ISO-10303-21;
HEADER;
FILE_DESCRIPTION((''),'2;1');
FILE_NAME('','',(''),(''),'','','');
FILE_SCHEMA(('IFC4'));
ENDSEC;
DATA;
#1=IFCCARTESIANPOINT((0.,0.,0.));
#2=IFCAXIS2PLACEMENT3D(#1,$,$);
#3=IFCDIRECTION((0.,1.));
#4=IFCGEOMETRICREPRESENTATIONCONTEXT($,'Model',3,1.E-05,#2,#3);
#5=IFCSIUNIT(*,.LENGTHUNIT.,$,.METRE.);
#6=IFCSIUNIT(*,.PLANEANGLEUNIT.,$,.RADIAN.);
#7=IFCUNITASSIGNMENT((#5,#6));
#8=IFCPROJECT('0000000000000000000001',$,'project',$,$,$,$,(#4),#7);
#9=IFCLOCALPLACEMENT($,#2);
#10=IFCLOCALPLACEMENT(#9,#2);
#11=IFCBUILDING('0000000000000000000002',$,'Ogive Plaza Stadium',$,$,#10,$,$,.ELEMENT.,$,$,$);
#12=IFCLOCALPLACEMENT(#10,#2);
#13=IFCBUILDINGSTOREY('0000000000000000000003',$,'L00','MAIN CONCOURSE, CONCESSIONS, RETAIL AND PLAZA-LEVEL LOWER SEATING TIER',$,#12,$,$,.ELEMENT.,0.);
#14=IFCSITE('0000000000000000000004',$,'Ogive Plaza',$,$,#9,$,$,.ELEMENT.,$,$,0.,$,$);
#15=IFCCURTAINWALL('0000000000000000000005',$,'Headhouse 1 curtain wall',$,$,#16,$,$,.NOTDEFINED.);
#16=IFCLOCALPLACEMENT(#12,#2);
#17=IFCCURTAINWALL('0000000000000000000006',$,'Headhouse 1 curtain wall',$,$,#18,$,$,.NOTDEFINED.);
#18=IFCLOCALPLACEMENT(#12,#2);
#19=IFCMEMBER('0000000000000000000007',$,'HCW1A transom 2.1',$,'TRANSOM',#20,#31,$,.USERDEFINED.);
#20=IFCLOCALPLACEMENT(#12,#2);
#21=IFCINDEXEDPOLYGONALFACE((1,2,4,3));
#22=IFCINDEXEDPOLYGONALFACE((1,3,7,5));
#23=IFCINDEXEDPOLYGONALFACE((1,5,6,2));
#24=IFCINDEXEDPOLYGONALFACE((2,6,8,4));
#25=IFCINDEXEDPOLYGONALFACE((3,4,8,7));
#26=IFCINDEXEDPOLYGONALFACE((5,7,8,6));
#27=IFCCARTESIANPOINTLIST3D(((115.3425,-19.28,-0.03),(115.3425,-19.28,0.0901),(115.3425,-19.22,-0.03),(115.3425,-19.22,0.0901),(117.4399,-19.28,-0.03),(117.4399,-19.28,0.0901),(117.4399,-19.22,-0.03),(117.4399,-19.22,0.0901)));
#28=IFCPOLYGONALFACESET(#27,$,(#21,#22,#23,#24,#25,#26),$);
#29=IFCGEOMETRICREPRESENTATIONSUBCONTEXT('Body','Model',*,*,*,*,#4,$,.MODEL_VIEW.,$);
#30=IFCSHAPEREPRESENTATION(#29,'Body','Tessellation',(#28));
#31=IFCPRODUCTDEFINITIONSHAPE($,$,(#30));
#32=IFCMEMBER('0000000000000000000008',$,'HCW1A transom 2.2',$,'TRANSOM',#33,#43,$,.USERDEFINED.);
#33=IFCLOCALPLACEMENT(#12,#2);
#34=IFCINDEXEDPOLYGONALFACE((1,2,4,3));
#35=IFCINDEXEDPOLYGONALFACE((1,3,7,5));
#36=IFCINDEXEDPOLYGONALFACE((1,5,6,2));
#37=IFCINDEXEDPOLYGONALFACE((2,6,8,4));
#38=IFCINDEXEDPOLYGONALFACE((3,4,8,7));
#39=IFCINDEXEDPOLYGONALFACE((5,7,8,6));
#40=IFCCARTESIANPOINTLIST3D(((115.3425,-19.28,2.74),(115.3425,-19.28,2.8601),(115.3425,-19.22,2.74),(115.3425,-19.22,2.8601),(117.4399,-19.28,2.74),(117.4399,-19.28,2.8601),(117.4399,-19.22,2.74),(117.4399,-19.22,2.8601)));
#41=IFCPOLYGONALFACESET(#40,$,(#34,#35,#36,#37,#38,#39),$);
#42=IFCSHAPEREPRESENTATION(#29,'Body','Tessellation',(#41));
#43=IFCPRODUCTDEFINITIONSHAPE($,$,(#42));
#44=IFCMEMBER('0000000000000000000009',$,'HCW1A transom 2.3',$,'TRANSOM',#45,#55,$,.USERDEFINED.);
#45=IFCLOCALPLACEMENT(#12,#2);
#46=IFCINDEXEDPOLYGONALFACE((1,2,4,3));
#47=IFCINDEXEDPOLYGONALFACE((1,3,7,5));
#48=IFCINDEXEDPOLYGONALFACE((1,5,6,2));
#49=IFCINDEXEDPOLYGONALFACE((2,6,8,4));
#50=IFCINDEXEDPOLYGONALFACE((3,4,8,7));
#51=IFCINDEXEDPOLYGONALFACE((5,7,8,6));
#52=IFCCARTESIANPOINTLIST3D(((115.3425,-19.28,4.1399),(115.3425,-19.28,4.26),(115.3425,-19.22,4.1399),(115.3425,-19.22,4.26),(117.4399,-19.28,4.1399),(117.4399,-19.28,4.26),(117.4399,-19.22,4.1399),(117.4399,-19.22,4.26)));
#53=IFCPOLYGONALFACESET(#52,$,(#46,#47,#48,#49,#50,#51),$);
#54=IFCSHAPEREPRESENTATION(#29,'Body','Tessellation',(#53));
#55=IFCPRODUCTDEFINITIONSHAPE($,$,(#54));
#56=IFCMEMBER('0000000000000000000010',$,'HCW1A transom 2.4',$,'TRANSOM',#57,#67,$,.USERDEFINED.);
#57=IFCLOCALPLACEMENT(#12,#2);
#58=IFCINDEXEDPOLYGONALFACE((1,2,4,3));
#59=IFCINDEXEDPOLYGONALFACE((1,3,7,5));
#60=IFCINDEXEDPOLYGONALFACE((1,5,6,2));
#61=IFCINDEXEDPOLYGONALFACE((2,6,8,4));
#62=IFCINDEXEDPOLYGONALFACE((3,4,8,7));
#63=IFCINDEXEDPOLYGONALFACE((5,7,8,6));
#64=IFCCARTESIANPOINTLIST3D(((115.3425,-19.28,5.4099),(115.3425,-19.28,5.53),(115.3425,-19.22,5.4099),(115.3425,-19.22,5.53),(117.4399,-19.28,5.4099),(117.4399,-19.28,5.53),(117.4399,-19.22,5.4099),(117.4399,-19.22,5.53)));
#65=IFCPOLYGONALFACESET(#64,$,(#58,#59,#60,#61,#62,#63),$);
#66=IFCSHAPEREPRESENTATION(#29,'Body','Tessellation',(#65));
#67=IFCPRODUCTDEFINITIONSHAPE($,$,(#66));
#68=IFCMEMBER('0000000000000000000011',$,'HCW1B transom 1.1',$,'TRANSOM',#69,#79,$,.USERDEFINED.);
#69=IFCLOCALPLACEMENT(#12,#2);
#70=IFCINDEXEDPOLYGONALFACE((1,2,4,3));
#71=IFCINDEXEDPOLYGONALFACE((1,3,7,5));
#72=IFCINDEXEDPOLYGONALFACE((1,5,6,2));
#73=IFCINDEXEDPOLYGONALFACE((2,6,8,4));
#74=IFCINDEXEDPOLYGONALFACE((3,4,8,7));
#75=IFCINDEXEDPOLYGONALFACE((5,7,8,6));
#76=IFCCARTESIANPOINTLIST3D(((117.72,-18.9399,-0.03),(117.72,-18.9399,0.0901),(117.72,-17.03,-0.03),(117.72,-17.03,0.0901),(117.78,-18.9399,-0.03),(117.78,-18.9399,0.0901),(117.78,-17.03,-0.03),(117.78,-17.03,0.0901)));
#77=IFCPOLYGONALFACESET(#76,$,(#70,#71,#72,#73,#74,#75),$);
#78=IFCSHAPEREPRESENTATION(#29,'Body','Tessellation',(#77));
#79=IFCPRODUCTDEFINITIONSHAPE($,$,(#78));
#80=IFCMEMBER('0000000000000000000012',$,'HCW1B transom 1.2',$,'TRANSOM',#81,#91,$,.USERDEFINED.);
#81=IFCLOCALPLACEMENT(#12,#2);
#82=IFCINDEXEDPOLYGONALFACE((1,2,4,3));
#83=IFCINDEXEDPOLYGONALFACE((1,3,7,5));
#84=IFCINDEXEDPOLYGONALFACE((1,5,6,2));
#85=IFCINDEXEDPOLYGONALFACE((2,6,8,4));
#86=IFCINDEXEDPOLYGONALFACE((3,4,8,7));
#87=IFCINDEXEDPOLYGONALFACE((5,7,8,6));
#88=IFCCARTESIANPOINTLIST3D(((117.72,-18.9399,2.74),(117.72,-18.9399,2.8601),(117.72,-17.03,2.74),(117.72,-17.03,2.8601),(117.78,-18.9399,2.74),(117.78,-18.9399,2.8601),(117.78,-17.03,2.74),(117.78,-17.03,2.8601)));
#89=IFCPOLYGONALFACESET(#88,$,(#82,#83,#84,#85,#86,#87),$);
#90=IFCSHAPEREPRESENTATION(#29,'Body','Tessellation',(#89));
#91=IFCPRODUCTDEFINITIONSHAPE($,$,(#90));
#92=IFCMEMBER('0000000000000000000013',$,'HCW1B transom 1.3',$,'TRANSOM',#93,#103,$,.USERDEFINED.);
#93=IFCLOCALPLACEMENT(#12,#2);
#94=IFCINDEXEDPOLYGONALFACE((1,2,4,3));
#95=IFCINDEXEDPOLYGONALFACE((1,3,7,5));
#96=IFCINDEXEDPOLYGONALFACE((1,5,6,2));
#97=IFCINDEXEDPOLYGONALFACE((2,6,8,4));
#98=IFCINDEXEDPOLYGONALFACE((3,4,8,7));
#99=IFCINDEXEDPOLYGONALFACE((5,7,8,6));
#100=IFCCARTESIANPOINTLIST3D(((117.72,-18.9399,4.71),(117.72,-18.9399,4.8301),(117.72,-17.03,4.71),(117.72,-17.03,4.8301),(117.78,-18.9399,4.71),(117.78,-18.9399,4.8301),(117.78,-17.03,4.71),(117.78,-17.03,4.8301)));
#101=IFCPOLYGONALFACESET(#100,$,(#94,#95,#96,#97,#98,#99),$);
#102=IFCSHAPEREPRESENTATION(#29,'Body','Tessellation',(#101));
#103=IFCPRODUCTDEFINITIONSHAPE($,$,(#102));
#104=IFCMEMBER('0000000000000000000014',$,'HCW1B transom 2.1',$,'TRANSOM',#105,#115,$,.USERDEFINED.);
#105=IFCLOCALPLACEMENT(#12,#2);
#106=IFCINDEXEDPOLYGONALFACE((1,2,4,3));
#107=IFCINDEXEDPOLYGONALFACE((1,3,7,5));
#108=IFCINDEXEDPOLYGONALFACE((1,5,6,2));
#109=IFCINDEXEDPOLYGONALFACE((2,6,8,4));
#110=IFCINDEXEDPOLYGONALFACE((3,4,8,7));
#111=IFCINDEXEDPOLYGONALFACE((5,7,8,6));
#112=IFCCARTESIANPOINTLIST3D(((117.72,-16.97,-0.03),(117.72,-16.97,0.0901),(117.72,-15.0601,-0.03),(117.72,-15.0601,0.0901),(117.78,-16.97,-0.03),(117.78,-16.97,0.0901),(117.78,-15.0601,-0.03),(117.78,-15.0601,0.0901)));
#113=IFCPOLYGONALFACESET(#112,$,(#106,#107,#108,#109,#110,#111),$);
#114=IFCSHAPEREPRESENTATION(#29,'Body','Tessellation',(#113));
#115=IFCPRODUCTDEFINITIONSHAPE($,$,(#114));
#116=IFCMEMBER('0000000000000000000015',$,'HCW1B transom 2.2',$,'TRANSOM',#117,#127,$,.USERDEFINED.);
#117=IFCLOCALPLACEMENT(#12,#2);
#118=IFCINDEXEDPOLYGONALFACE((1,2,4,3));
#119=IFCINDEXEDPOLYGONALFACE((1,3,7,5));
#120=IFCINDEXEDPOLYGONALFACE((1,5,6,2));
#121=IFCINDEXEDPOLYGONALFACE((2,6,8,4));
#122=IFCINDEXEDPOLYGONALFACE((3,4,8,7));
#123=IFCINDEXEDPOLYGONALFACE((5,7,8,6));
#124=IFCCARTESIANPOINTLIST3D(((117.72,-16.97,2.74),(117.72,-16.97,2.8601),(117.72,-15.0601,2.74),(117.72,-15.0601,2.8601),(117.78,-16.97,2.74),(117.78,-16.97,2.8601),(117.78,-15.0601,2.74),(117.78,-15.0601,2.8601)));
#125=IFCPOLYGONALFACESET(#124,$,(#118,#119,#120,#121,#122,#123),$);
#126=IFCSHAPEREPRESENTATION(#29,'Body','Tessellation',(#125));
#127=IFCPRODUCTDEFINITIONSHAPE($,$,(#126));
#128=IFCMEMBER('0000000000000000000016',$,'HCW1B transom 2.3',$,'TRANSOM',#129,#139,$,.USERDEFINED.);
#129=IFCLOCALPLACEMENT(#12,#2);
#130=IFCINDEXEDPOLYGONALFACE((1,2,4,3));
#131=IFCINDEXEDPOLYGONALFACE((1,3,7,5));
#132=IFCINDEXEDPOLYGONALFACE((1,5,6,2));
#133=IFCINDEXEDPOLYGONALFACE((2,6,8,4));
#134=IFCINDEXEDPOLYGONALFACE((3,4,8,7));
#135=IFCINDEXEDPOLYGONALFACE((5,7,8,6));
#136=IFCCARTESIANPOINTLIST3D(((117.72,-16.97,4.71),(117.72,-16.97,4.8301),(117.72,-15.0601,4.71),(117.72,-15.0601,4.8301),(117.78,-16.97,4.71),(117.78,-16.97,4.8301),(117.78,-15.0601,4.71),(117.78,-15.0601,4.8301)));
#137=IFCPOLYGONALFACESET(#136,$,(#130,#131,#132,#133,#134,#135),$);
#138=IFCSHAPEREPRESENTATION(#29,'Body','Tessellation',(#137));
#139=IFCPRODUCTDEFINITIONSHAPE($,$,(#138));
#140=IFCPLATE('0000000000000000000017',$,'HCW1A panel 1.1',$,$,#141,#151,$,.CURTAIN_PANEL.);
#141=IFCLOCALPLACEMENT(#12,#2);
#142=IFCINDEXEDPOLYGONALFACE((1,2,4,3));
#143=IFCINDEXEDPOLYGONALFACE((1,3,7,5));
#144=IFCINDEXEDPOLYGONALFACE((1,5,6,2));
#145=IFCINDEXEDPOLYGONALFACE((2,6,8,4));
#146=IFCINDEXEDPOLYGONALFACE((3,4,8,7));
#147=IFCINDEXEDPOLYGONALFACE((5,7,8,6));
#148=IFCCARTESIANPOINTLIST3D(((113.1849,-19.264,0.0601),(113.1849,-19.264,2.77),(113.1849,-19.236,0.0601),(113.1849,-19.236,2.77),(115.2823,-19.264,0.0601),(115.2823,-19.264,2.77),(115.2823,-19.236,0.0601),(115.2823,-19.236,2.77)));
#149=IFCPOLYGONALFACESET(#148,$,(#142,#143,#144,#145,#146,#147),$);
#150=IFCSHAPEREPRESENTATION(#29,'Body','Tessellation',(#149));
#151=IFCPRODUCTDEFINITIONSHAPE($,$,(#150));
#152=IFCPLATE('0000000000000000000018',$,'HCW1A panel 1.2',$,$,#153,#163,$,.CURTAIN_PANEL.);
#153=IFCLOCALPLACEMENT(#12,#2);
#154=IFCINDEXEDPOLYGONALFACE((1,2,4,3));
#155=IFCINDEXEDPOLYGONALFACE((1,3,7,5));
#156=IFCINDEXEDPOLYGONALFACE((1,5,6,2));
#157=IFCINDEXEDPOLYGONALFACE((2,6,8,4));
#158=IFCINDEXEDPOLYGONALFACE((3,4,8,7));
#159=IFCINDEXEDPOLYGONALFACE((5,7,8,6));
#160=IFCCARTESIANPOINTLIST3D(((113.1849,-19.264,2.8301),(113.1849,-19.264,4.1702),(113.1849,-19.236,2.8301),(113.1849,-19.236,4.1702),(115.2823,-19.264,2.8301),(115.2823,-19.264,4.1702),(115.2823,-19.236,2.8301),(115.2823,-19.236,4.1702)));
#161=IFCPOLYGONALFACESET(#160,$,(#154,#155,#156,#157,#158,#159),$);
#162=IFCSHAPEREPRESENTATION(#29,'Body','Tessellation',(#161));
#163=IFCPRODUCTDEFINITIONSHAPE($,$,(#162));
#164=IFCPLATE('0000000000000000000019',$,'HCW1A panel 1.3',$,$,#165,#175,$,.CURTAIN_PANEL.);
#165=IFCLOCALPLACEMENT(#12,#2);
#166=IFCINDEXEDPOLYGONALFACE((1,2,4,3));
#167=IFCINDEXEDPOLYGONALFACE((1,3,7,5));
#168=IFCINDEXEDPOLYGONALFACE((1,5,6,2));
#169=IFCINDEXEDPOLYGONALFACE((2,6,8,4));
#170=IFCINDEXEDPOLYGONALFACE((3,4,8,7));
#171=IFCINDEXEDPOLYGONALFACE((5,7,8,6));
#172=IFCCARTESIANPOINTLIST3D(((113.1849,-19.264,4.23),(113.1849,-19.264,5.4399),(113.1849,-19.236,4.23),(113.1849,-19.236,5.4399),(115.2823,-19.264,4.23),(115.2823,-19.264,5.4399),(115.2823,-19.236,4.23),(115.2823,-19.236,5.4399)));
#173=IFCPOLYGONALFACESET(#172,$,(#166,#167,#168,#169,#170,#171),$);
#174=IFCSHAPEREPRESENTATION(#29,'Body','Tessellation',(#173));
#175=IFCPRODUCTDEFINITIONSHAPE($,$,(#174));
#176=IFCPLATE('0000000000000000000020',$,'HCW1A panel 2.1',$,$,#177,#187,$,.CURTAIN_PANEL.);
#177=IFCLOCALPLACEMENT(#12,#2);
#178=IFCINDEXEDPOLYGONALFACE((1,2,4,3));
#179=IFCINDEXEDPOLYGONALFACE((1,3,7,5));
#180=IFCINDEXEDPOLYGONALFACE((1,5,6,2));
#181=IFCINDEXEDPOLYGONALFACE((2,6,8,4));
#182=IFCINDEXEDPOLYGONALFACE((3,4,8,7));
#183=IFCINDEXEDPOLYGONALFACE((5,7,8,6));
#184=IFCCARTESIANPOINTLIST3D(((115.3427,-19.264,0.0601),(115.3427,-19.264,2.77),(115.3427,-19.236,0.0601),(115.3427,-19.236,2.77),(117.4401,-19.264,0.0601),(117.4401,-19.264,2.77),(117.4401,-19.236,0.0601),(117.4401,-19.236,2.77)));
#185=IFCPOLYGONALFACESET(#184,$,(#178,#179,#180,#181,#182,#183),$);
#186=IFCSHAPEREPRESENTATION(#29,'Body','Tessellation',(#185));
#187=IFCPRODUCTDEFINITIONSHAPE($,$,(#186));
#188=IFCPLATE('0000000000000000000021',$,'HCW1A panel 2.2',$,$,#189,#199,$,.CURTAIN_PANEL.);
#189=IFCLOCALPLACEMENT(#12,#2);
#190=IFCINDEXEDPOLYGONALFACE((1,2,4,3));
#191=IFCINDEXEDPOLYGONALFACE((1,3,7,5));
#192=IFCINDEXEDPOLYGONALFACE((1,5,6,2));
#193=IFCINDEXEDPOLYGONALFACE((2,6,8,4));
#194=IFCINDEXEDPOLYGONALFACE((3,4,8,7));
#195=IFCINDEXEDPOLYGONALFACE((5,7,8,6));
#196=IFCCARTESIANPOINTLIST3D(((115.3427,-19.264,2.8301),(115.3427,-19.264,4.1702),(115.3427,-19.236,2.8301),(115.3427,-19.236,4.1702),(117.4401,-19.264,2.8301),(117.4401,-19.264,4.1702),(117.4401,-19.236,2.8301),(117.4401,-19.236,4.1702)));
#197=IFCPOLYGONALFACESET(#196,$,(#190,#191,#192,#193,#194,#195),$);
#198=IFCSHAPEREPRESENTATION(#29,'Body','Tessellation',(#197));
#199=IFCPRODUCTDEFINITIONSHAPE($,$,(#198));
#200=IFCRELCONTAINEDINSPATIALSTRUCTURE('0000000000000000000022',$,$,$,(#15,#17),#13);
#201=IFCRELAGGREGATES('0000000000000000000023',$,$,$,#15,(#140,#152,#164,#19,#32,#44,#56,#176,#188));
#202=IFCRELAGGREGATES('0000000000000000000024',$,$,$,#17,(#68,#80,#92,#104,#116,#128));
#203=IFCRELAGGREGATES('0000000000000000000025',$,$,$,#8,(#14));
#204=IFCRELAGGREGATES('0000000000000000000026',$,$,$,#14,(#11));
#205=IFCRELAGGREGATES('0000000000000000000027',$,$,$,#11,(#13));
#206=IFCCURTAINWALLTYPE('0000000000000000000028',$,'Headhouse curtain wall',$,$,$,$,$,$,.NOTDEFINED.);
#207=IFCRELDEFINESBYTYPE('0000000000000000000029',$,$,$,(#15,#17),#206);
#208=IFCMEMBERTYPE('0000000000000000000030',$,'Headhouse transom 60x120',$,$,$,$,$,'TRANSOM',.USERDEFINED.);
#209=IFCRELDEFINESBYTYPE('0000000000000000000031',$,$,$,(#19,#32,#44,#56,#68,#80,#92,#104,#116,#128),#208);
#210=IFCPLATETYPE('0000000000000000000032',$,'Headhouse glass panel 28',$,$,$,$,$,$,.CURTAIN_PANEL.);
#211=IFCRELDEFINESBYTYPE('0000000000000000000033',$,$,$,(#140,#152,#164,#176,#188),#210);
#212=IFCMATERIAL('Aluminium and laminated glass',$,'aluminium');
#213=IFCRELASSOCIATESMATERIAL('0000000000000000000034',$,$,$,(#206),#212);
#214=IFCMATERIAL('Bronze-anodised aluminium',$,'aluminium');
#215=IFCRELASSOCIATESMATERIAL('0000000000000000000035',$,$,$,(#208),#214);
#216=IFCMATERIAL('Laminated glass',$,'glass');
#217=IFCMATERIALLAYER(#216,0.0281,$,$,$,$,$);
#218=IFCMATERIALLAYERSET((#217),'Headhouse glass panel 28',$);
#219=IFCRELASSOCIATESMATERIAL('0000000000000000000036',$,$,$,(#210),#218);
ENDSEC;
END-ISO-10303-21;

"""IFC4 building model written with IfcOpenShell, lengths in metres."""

from ifc_helpers import new_model, si_unit, direction, frame, origin, origin_2d, place, context, subcontext, project, spatial, rectangle, extrude, material, layer, layer_set, material_profile, profile_set, type_object, element, aggregate, save


model = new_model("IFC4")

# Units and contexts
model_context = context("Model", 3, precision=1e-05, world=origin(), true_north=direction((0.0, 1.0)))
body_context = subcontext(model_context, "Body", "Model", "MODEL_VIEW")
ifc_project = project(units=[si_unit("LENGTHUNIT", "METRE"), si_unit("PLANEANGLEUNIT", "RADIAN")], contexts=[model_context])

# Site, building, storey
site_placement = place(None, origin())
site = spatial("IfcSite", under=ifc_project, at=site_placement, Name="Ogive Plaza", CompositionType="ELEMENT", RefElevation=0.0)
building_placement = place(site_placement, origin())
building = spatial("IfcBuilding", under=site, at=building_placement, Name="Ogive Plaza Stadium", CompositionType="ELEMENT")
storey_placement = place(building_placement, origin())
storey = spatial("IfcBuildingStorey", under=building, at=storey_placement, Name="L00", Description="MAIN CONCOURSE, CONCESSIONS, RETAIL AND PLAZA-LEVEL LOWER SEATING TIER", CompositionType="ELEMENT", Elevation=0.0)

# Shared definitions
ifc_material_1 = material(Name="Aluminium and laminated glass", Category="aluminium")
curtain_wall_type = type_object("IfcCurtainWallType", Name="Headhouse curtain wall", PredefinedType="NOTDEFINED", material=ifc_material_1)

# Curtain walls
curtain_wall_1_placement = place(storey_placement, origin())
curtain_wall_1 = element("IfcCurtainWall", 1, at=curtain_wall_1_placement, inside=storey, type_object=curtain_wall_type, Name="Headhouse 1 curtain wall", PredefinedType="NOTDEFINED")
curtain_wall_2_placement = place(storey_placement, origin())
curtain_wall_2 = element("IfcCurtainWall", 2, at=curtain_wall_2_placement, inside=storey, type_object=curtain_wall_type, Name="Headhouse 1 curtain wall", PredefinedType="NOTDEFINED")

# Members
ifc_material_2 = material(Name="Bronze-anodised aluminium", Category="aluminium")
ifc_material_profile_1 = material_profile(ifc_material_2, rectangle(XDim=0.0601, YDim=0.1201, at=origin_2d()), Name="Headhouse transom 60x120")
ifc_profile_set_1 = profile_set([ifc_material_profile_1], Name="Bronze-anodised aluminium")
member_type_1 = type_object("IfcMemberType", Name="Headhouse transom 60x120", ElementType="TRANSOM", PredefinedType="USERDEFINED", material=ifc_profile_set_1)
member_1_placement = place(storey_placement, frame((115.3425, -19.25, 0.03), z_axis=(1.0, 0.0, 0.0), x_axis=(0.0, 1.0, 0.0)))
member_1 = element("IfcMember", 3, at=member_1_placement, type_object=member_type_1, Name="HCW1A transom 2.1", ObjectType="TRANSOM", PredefinedType="USERDEFINED", context=body_context, shape_type="SweptSolid", body=[
    extrude(rectangle(XDim=0.0601, YDim=0.1201, at=origin_2d()), origin(), (0.0, 0.0, 1.0), 2.0974),
])
member_2_placement = place(storey_placement, frame((115.3425, -19.25, 2.8), z_axis=(1.0, 0.0, 0.0), x_axis=(0.0, 1.0, 0.0)))
member_2 = element("IfcMember", 4, at=member_2_placement, type_object=member_type_1, Name="HCW1A transom 2.2", ObjectType="TRANSOM", PredefinedType="USERDEFINED", context=body_context, shape_type="SweptSolid", body=[
    extrude(rectangle(XDim=0.0601, YDim=0.1201, at=origin_2d()), origin(), (0.0, 0.0, 1.0), 2.0974),
])
member_3_placement = place(storey_placement, frame((115.3425, -19.25, 4.2), z_axis=(1.0, 0.0, 0.0), x_axis=(0.0, 1.0, 0.0)))
member_3 = element("IfcMember", 5, at=member_3_placement, type_object=member_type_1, Name="HCW1A transom 2.3", ObjectType="TRANSOM", PredefinedType="USERDEFINED", context=body_context, shape_type="SweptSolid", body=[
    extrude(rectangle(XDim=0.0601, YDim=0.1201, at=origin_2d()), origin(), (0.0, 0.0, 1.0), 2.0974),
])
member_4_placement = place(storey_placement, frame((115.3425, -19.25, 5.47), z_axis=(1.0, 0.0, 0.0), x_axis=(0.0, 1.0, 0.0)))
member_4 = element("IfcMember", 6, at=member_4_placement, type_object=member_type_1, Name="HCW1A transom 2.4", ObjectType="TRANSOM", PredefinedType="USERDEFINED", context=body_context, shape_type="SweptSolid", body=[
    extrude(rectangle(XDim=0.0601, YDim=0.1201, at=origin_2d()), origin(), (0.0, 0.0, 1.0), 2.0974),
])
member_5_placement = place(storey_placement, frame((117.75, -18.9399, 0.03), z_axis=(0.0, 1.0, 0.0), x_axis=(-1.0, 0.0, 0.0)))
member_5 = element("IfcMember", 7, at=member_5_placement, type_object=member_type_1, Name="HCW1B transom 1.1", ObjectType="TRANSOM", PredefinedType="USERDEFINED", context=body_context, shape_type="SweptSolid", body=[
    extrude(rectangle(XDim=0.0601, YDim=0.1201, at=origin_2d()), origin(), (0.0, 0.0, 1.0), 1.9099),
])
member_6_placement = place(storey_placement, frame((117.75, -18.9399, 2.8), z_axis=(0.0, 1.0, 0.0), x_axis=(-1.0, 0.0, 0.0)))
member_6 = element("IfcMember", 8, at=member_6_placement, type_object=member_type_1, Name="HCW1B transom 1.2", ObjectType="TRANSOM", PredefinedType="USERDEFINED", context=body_context, shape_type="SweptSolid", body=[
    extrude(rectangle(XDim=0.0601, YDim=0.1201, at=origin_2d()), origin(), (0.0, 0.0, 1.0), 1.9099),
])
member_7_placement = place(storey_placement, frame((117.75, -18.9399, 4.77), z_axis=(0.0, 1.0, 0.0), x_axis=(-1.0, 0.0, 0.0)))
member_7 = element("IfcMember", 9, at=member_7_placement, type_object=member_type_1, Name="HCW1B transom 1.3", ObjectType="TRANSOM", PredefinedType="USERDEFINED", context=body_context, shape_type="SweptSolid", body=[
    extrude(rectangle(XDim=0.0601, YDim=0.1201, at=origin_2d()), origin(), (0.0, 0.0, 1.0), 1.9099),
])
member_8_placement = place(storey_placement, frame((117.75, -16.97, 0.03), z_axis=(0.0, 1.0, 0.0), x_axis=(-1.0, 0.0, 0.0)))
member_8 = element("IfcMember", 10, at=member_8_placement, type_object=member_type_1, Name="HCW1B transom 2.1", ObjectType="TRANSOM", PredefinedType="USERDEFINED", context=body_context, shape_type="SweptSolid", body=[
    extrude(rectangle(XDim=0.0601, YDim=0.1201, at=origin_2d()), origin(), (0.0, 0.0, 1.0), 1.9099),
])
member_9_placement = place(storey_placement, frame((117.75, -16.97, 2.8), z_axis=(0.0, 1.0, 0.0), x_axis=(-1.0, 0.0, 0.0)))
member_9 = element("IfcMember", 11, at=member_9_placement, type_object=member_type_1, Name="HCW1B transom 2.2", ObjectType="TRANSOM", PredefinedType="USERDEFINED", context=body_context, shape_type="SweptSolid", body=[
    extrude(rectangle(XDim=0.0601, YDim=0.1201, at=origin_2d()), origin(), (0.0, 0.0, 1.0), 1.9099),
])
member_10_placement = place(storey_placement, frame((117.75, -16.97, 4.77), z_axis=(0.0, 1.0, 0.0), x_axis=(-1.0, 0.0, 0.0)))
member_10 = element("IfcMember", 12, at=member_10_placement, type_object=member_type_1, Name="HCW1B transom 2.3", ObjectType="TRANSOM", PredefinedType="USERDEFINED", context=body_context, shape_type="SweptSolid", body=[
    extrude(rectangle(XDim=0.0601, YDim=0.1201, at=origin_2d()), origin(), (0.0, 0.0, 1.0), 1.9099),
])

# Plates
ifc_material_3 = material(Name="Laminated glass", Category="glass")
ifc_layer = layer(ifc_material_3, 0.0281)
ifc_layer_set = layer_set([ifc_layer], Name="Headhouse glass panel 28")
plate_type = type_object("IfcPlateType", Name="Headhouse glass panel 28", PredefinedType="CURTAIN_PANEL", material=ifc_layer_set)
plate_1_placement = place(storey_placement, frame((114.2336, -19.25, 0.0601), z_axis=(0.0, 0.0, 1.0), x_axis=(1.0, 0.0, 0.0)))
plate_1 = element("IfcPlate", 13, at=plate_1_placement, type_object=plate_type, Name="HCW1A panel 1.1", PredefinedType="CURTAIN_PANEL", context=body_context, shape_type="SweptSolid", body=[
    extrude(rectangle(XDim=2.0974, YDim=0.0281, at=origin_2d()), origin(), (0.0, 0.0, 1.0), 2.71),
])
plate_2_placement = place(storey_placement, frame((114.2336, -19.25, 2.8301), z_axis=(0.0, 0.0, 1.0), x_axis=(1.0, 0.0, 0.0)))
plate_2 = element("IfcPlate", 14, at=plate_2_placement, type_object=plate_type, Name="HCW1A panel 1.2", PredefinedType="CURTAIN_PANEL", context=body_context, shape_type="SweptSolid", body=[
    extrude(rectangle(XDim=2.0974, YDim=0.0281, at=origin_2d()), origin(), (0.0, 0.0, 1.0), 1.3401),
])
plate_3_placement = place(storey_placement, frame((114.2336, -19.25, 4.23), z_axis=(0.0, 0.0, 1.0), x_axis=(1.0, 0.0, 0.0)))
plate_3 = element("IfcPlate", 15, at=plate_3_placement, type_object=plate_type, Name="HCW1A panel 1.3", PredefinedType="CURTAIN_PANEL", context=body_context, shape_type="SweptSolid", body=[
    extrude(rectangle(XDim=2.0974, YDim=0.0281, at=origin_2d()), origin(), (0.0, 0.0, 1.0), 1.21),
])
plate_4_placement = place(storey_placement, frame((116.3914, -19.25, 0.0601), z_axis=(0.0, 0.0, 1.0), x_axis=(1.0, 0.0, 0.0)))
plate_4 = element("IfcPlate", 16, at=plate_4_placement, type_object=plate_type, Name="HCW1A panel 2.1", PredefinedType="CURTAIN_PANEL", context=body_context, shape_type="SweptSolid", body=[
    extrude(rectangle(XDim=2.0974, YDim=0.0281, at=origin_2d()), origin(), (0.0, 0.0, 1.0), 2.71),
])
plate_5_placement = place(storey_placement, frame((116.3914, -19.25, 2.8301), z_axis=(0.0, 0.0, 1.0), x_axis=(1.0, 0.0, 0.0)))
plate_5 = element("IfcPlate", 17, at=plate_5_placement, type_object=plate_type, Name="HCW1A panel 2.2", PredefinedType="CURTAIN_PANEL", context=body_context, shape_type="SweptSolid", body=[
    extrude(rectangle(XDim=2.0974, YDim=0.0281, at=origin_2d()), origin(), (0.0, 0.0, 1.0), 1.3401),
])
aggregate(curtain_wall_1, [plate_1, plate_2, plate_3, member_1, member_2, member_3, member_4, plate_4, plate_5])
aggregate(curtain_wall_2, [member_5, member_6, member_7, member_8, member_9, member_10])

save(model, "model.ifc")
